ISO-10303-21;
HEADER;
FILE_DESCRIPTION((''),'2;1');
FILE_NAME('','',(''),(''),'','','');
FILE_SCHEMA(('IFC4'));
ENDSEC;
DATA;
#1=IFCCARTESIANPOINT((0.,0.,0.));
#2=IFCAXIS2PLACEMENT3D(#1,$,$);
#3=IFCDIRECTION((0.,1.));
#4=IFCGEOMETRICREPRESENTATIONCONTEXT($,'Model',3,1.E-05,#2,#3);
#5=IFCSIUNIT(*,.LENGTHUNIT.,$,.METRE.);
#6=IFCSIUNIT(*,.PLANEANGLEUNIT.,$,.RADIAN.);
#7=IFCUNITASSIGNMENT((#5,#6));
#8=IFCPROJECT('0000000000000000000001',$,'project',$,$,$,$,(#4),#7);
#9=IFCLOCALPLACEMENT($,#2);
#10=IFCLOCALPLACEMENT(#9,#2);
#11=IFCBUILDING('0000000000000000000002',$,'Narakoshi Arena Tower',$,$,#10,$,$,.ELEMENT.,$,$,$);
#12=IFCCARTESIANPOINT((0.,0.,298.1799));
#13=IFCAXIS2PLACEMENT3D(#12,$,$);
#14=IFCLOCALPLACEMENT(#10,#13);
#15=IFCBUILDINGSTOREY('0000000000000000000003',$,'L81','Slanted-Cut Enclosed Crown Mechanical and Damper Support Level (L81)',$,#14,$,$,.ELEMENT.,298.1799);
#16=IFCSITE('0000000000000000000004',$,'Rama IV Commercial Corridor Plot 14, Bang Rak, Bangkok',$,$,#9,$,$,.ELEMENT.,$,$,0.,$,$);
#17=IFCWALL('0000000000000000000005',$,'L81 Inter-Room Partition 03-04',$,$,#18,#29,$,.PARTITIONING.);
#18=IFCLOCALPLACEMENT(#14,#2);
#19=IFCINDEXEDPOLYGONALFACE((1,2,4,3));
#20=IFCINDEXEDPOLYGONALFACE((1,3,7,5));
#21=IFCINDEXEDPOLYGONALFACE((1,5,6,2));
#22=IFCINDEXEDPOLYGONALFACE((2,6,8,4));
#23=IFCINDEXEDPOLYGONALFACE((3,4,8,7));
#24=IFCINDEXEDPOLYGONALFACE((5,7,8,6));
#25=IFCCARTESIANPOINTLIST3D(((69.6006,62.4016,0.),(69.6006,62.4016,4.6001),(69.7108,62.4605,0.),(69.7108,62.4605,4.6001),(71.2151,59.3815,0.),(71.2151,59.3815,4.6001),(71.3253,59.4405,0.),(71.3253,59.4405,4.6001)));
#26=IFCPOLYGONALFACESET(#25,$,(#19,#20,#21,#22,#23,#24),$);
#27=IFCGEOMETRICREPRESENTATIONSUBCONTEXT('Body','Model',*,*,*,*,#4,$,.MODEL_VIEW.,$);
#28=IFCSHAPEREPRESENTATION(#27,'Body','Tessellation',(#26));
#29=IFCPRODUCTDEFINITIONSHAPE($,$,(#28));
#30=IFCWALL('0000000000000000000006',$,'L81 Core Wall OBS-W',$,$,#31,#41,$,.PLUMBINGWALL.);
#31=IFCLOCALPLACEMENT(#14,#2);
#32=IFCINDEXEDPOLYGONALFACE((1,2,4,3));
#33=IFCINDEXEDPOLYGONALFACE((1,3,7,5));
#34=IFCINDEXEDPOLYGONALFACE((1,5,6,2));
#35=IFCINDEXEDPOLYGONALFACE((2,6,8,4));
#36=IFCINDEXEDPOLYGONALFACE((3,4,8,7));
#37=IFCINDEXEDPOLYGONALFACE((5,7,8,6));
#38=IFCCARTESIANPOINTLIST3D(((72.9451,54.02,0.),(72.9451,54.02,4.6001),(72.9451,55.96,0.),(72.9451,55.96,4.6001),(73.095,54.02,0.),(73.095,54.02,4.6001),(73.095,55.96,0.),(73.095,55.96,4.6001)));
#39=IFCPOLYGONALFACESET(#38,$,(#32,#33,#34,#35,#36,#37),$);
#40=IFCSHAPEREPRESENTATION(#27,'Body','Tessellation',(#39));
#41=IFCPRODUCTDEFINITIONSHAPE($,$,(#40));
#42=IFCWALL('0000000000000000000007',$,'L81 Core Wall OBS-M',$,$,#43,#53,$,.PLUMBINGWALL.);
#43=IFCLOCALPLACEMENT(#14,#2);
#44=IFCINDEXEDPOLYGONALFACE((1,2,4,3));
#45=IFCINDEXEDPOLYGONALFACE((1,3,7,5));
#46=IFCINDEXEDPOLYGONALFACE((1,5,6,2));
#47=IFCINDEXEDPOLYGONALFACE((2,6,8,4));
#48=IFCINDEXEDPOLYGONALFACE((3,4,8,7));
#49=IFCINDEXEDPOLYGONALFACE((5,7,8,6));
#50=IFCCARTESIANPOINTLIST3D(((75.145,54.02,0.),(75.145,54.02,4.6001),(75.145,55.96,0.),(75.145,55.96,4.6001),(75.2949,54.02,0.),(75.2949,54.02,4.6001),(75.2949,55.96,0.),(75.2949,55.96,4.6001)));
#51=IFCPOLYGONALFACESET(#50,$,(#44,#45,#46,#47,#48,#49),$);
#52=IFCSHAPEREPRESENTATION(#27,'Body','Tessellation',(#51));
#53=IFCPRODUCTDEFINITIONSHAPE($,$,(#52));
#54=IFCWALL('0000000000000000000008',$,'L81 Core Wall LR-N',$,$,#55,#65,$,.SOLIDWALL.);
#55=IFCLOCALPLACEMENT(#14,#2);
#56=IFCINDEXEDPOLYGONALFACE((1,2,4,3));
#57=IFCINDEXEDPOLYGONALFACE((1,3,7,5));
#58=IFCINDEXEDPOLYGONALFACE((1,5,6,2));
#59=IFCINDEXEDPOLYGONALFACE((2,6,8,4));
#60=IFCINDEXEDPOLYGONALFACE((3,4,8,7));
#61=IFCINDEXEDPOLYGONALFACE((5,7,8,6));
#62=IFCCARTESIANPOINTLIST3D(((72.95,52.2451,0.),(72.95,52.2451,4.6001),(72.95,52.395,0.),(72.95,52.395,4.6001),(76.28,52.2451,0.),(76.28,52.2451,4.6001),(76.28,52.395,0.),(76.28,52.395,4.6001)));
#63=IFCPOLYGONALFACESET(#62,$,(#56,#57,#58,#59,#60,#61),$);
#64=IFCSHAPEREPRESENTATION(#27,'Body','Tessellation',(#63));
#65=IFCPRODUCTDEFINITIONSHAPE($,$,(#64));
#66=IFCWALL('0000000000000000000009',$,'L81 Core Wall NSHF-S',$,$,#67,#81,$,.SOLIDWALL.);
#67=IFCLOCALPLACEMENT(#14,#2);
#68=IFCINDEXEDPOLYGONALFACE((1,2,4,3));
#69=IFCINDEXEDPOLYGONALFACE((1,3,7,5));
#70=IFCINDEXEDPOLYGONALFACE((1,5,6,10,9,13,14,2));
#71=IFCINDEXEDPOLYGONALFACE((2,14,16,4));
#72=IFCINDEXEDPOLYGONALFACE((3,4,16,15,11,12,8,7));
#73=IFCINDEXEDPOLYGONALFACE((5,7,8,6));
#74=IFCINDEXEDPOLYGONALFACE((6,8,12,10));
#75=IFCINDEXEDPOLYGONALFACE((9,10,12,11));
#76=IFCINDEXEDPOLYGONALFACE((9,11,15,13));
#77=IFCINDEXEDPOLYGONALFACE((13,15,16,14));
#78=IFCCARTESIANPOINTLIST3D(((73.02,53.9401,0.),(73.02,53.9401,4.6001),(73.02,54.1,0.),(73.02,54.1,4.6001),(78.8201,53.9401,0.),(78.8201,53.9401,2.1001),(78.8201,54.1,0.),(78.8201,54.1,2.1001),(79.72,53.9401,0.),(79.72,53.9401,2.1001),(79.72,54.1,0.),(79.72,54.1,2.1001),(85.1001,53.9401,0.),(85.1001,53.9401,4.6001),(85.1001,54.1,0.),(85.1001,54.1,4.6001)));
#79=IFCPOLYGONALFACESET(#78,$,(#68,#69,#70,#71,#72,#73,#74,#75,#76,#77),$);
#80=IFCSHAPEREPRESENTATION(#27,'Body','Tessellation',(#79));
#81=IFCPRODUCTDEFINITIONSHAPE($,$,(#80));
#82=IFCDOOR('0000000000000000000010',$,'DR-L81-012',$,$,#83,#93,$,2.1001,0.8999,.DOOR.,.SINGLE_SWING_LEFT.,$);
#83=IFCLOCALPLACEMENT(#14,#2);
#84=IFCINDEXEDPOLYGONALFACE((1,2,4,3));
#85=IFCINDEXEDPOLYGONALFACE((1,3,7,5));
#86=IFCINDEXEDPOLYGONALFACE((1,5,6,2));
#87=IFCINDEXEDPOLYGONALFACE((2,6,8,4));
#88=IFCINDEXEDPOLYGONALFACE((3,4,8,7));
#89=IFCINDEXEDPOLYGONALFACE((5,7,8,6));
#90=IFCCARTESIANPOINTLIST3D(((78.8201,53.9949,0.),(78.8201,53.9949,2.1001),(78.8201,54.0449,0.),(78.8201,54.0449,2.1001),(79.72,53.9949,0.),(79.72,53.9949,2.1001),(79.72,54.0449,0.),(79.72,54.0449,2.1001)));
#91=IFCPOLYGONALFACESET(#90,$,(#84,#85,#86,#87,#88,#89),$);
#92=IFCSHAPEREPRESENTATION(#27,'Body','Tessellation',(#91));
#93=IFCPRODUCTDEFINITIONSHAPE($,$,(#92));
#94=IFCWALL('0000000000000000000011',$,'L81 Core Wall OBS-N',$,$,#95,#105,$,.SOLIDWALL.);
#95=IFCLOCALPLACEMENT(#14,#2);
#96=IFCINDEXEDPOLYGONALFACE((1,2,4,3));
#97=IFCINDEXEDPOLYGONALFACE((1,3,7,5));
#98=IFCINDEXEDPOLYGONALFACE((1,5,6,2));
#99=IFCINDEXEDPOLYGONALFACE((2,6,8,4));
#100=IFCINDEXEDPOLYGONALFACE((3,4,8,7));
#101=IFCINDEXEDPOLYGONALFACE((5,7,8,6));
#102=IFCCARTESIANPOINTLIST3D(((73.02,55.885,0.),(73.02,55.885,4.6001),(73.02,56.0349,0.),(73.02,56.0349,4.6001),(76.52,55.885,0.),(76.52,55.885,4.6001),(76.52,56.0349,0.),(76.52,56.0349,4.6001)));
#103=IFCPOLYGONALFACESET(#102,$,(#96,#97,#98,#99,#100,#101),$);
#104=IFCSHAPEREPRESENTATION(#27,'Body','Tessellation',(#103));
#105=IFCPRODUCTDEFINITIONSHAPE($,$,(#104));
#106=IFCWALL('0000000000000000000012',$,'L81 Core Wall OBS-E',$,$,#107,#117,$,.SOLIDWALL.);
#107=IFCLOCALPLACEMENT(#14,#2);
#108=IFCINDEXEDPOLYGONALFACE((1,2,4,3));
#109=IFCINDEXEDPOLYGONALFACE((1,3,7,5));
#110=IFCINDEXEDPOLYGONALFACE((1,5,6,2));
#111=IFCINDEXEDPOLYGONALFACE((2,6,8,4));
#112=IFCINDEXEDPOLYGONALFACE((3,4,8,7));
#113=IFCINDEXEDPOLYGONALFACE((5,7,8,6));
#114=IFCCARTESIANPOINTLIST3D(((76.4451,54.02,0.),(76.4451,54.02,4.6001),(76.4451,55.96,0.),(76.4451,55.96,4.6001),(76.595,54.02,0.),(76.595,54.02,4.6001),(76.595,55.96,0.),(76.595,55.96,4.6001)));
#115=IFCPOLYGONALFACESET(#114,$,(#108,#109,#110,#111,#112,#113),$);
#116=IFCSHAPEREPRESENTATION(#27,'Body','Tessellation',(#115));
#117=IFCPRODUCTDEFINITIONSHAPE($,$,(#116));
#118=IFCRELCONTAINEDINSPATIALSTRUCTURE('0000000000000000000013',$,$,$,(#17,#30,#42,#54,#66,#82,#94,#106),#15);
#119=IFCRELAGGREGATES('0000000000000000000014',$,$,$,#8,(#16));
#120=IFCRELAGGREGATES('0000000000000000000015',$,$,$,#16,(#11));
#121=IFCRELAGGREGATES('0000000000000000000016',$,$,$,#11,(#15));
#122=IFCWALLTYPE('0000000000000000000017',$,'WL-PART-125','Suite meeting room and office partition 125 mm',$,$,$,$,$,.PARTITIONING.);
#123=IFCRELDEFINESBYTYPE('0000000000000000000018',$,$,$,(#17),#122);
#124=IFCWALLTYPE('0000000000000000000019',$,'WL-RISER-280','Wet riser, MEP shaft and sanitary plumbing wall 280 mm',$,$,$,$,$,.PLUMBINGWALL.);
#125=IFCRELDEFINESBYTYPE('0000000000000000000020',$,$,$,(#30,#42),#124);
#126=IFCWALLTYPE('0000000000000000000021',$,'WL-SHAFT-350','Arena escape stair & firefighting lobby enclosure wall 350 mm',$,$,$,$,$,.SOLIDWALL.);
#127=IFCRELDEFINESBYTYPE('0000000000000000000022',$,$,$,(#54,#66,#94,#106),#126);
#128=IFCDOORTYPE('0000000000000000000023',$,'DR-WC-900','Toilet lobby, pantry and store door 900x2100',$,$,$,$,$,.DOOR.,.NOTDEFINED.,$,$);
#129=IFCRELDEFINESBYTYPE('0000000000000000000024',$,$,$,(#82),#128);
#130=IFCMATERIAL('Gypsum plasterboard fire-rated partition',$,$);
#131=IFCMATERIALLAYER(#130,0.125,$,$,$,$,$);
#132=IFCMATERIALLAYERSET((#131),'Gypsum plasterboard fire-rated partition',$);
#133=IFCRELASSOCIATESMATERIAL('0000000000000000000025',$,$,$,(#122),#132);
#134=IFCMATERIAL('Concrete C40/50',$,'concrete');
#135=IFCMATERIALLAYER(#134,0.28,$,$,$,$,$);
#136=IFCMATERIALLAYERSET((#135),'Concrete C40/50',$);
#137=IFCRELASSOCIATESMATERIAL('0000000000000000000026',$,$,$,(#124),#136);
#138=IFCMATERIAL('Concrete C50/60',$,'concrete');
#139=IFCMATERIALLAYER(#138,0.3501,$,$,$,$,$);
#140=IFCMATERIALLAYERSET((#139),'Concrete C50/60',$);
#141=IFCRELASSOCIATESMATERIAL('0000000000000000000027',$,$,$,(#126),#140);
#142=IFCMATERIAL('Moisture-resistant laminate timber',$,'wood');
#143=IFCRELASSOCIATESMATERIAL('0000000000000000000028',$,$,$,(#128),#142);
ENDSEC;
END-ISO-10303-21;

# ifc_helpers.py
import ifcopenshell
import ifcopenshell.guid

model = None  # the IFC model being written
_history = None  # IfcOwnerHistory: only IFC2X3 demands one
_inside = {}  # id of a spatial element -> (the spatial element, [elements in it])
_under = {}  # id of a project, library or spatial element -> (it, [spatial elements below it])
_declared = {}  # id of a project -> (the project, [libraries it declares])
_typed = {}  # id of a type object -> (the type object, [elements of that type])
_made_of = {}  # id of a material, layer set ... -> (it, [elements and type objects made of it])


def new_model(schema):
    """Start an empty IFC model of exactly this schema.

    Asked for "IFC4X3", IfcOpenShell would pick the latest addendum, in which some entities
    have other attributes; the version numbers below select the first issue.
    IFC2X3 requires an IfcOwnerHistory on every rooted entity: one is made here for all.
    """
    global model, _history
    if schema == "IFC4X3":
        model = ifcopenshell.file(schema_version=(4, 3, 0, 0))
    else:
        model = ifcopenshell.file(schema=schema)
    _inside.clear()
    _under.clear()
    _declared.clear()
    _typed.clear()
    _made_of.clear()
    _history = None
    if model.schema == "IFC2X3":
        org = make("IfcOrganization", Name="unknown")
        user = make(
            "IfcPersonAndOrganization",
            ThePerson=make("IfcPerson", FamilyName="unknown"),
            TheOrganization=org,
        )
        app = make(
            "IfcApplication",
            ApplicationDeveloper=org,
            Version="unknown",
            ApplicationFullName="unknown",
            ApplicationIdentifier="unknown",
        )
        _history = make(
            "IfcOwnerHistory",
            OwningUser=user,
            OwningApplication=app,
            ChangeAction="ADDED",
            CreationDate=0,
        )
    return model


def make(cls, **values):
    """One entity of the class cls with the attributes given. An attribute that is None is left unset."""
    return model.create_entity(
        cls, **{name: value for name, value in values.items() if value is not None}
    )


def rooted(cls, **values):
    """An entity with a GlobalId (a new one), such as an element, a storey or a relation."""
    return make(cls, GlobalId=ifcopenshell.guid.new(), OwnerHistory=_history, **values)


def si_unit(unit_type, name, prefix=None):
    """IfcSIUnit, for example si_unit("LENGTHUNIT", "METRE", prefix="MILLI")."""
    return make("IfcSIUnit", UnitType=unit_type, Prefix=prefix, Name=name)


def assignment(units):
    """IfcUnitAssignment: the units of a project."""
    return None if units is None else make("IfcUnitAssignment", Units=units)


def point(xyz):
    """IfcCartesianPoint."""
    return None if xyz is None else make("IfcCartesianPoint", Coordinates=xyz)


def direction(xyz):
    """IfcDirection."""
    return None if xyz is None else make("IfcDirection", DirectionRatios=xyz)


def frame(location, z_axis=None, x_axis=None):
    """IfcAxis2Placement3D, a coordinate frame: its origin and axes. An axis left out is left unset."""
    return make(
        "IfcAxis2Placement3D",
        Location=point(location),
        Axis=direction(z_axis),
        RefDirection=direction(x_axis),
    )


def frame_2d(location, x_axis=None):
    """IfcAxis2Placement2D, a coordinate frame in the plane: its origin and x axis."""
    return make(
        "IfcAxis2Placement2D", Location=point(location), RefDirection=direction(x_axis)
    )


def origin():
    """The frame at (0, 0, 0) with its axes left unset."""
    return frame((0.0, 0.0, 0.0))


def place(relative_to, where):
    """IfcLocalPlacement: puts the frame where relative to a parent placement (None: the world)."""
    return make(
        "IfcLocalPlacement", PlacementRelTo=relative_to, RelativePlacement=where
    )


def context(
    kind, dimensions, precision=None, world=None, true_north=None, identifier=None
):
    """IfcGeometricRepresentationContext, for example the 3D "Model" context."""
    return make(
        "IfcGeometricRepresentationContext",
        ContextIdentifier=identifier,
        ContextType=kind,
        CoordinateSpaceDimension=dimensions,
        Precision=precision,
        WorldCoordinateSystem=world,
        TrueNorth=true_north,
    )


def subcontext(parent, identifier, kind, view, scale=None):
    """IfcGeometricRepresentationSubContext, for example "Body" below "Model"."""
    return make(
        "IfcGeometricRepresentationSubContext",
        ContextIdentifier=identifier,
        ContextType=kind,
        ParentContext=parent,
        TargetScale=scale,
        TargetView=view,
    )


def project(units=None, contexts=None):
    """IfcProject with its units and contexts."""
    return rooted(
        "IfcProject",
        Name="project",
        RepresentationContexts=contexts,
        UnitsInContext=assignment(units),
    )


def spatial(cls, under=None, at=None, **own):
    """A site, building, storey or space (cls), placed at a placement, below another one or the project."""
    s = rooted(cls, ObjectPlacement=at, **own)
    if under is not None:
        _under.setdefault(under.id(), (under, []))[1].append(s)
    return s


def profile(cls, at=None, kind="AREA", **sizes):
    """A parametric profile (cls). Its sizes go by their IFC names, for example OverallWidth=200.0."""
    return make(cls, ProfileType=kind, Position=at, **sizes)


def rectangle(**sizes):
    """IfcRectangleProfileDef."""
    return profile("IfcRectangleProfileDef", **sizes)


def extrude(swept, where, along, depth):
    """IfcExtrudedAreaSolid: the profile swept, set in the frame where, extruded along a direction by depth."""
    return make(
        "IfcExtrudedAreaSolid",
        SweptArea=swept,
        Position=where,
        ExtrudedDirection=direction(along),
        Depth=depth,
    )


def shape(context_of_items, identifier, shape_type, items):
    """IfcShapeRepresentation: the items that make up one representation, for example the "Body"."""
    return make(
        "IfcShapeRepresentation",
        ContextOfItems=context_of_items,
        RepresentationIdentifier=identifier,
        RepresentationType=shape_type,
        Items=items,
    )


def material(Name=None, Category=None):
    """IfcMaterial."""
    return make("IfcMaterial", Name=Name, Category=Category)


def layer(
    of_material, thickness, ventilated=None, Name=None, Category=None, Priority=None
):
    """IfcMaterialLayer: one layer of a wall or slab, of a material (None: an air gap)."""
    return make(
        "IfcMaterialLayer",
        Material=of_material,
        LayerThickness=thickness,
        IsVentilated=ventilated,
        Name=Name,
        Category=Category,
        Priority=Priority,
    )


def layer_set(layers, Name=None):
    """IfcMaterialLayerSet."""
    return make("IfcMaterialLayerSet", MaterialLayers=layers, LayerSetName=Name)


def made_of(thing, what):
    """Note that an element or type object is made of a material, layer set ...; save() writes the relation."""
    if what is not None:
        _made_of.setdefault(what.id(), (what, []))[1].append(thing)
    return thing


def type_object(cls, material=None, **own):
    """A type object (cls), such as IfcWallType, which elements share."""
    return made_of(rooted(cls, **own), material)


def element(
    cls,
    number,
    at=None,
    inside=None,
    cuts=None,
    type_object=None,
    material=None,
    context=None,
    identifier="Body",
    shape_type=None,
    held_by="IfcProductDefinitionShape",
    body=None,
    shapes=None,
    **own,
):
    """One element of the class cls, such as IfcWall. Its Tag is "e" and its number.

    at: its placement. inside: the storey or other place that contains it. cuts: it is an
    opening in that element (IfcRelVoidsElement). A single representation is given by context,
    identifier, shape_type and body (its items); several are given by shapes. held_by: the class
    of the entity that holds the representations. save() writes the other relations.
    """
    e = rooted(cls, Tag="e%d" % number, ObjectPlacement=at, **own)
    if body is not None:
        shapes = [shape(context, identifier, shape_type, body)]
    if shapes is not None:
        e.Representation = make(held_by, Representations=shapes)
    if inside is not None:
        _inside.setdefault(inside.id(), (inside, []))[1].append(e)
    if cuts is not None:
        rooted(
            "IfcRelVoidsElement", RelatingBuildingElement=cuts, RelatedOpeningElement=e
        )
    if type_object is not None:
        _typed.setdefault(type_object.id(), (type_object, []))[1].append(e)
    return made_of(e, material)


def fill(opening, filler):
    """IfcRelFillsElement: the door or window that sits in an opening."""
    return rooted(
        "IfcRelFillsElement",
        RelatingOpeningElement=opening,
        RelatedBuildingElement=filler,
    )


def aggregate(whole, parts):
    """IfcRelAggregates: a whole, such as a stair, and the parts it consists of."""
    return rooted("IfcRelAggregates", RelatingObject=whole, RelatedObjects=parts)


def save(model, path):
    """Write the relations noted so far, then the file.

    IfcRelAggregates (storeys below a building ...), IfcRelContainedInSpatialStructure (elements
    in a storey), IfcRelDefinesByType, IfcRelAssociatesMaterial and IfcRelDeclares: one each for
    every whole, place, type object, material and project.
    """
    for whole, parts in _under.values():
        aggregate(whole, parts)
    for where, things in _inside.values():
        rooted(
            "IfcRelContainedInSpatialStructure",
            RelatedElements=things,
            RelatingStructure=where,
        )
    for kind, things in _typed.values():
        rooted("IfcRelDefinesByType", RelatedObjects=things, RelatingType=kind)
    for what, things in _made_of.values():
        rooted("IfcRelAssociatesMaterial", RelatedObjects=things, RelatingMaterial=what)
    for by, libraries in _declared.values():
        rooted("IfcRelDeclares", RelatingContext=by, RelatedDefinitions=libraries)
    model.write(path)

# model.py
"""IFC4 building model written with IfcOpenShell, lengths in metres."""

from ifc_helpers import new_model, si_unit, direction, frame, frame_2d, origin, place, context, subcontext, project, spatial, rectangle, extrude, material, layer, layer_set, type_object, element, fill, save


model = new_model("IFC4")

# Units and contexts
model_context = context("Model", 3, precision=1e-05, world=origin(), true_north=direction((0.0, 1.0)))
body_context = subcontext(model_context, "Body", "Model", "MODEL_VIEW")
ifc_project = project(units=[si_unit("LENGTHUNIT", "METRE"), si_unit("PLANEANGLEUNIT", "RADIAN")], contexts=[model_context])

# Site, building, storey
site_placement = place(None, origin())
site = spatial("IfcSite", under=ifc_project, at=site_placement, Name="Rama IV Commercial Corridor Plot 14, Bang Rak, Bangkok", CompositionType="ELEMENT", RefElevation=0.0)
building_placement = place(site_placement, origin())
building = spatial("IfcBuilding", under=site, at=building_placement, Name="Narakoshi Arena Tower", CompositionType="ELEMENT")
storey_placement = place(building_placement, frame((0.0, 0.0, 298.1799)))
storey = spatial("IfcBuildingStorey", under=building, at=storey_placement, Name="L81", Description="Slanted-Cut Enclosed Crown Mechanical and Damper Support Level (L81)", CompositionType="ELEMENT", Elevation=298.1799)

# Walls
ifc_material_1 = material(Name="Concrete C50/60", Category="concrete")
ifc_material_2 = material(Name="Gypsum plasterboard fire-rated partition")
ifc_layer_1 = layer(ifc_material_2, 0.125)
ifc_layer_set_1 = layer_set([ifc_layer_1], Name="Gypsum plasterboard fire-rated partition")
wall_type_1 = type_object("IfcWallType", Name="WL-PART-125", Description="Suite meeting room and office partition 125 mm", PredefinedType="PARTITIONING", material=ifc_layer_set_1)
wall_1_placement = place(storey_placement, frame((71.2703, 59.4109, 0.0), z_axis=(0.0, 0.0, 1.0), x_axis=(-0.471458, 0.881889, 0.0)))
element("IfcWall", 1, at=wall_1_placement, inside=storey, type_object=wall_type_1, Name="L81 Inter-Room Partition 03-04", PredefinedType="PARTITIONING", context=body_context, shape_type="SweptSolid", body=[
    extrude(rectangle(XDim=3.4246, YDim=0.125, at=frame_2d((1.7124, 0.0))), origin(), (0.0, 0.0, 1.0), 4.6001),
])
ifc_material_3 = material(Name="Concrete C40/50", Category="concrete")
ifc_layer_2 = layer(ifc_material_3, 0.28)
ifc_layer_set_2 = layer_set([ifc_layer_2], Name="Concrete C40/50")
wall_type_2 = type_object("IfcWallType", Name="WL-RISER-280", Description="Wet riser, MEP shaft and sanitary plumbing wall 280 mm", PredefinedType="PLUMBINGWALL", material=ifc_layer_set_2)
for number, where, z_axis, x_axis, name in (
    (2, (73.02, 54.02, 0.0), (0.0, 0.0, 1.0), (0.0, 1.0, 0.0), "L81 Core Wall OBS-W"),
    (3, (75.22, 54.02, 0.0), (0.0, 0.0, 1.0), (0.0, 1.0, 0.0), "L81 Core Wall OBS-M"),
):
    element("IfcWall", number, at=place(storey_placement, frame(where, z_axis=z_axis, x_axis=x_axis)), inside=storey, type_object=wall_type_2, Name=name, PredefinedType="PLUMBINGWALL", context=body_context, shape_type="SweptSolid", body=[
        extrude(rectangle(XDim=1.9399, YDim=0.1499, at=frame_2d((0.97, 0.0))), origin(), (0.0, 0.0, 1.0), 4.6001),
    ])
ifc_layer_3 = layer(ifc_material_1, 0.3501)
ifc_layer_set_3 = layer_set([ifc_layer_3], Name="Concrete C50/60")
wall_type_3 = type_object("IfcWallType", Name="WL-SHAFT-350", Description="Arena escape stair & firefighting lobby enclosure wall 350 mm", PredefinedType="SOLIDWALL", material=ifc_layer_set_3)
wall_2_placement = place(storey_placement, frame((72.95, 52.3201, 0.0), z_axis=(0.0, 0.0, 1.0), x_axis=(1.0, 0.0, 0.0)))
element("IfcWall", 4, at=wall_2_placement, inside=storey, type_object=wall_type_3, Name="L81 Core Wall LR-N", PredefinedType="SOLIDWALL", context=body_context, shape_type="SweptSolid", body=[
    extrude(rectangle(XDim=3.3301, YDim=0.1499, at=frame_2d((1.665, 0.0))), origin(), (0.0, 0.0, 1.0), 4.6001),
])

# Wall, opening, door
wall_3_placement = place(storey_placement, frame((73.02, 54.02, 0.0), z_axis=(0.0, 0.0, 1.0), x_axis=(1.0, 0.0, 0.0)))
wall_3 = element("IfcWall", 5, at=wall_3_placement, inside=storey, type_object=wall_type_3, Name="L81 Core Wall NSHF-S", PredefinedType="SOLIDWALL", context=body_context, shape_type="SweptSolid", body=[
    extrude(rectangle(XDim=12.0801, YDim=0.1599, at=frame_2d((6.04, 0.0))), origin(), (0.0, 0.0, 1.0), 4.6001),
])
opening_placement = place(wall_3_placement, frame((5.8, 0.0, 0.0)))
opening = element("IfcOpeningElement", 6, at=opening_placement, cuts=wall_3, PredefinedType="OPENING", context=body_context, shape_type="SweptSolid", body=[
    extrude(rectangle(XDim=0.8999, YDim=2.1001, at=frame_2d((0.45, 1.05))), frame((0.0, 0.0898, 0.0), z_axis=(0.0, -1.0, 0.0), x_axis=(1.0, 0.0, 0.0)), (0.0, 0.0, 1.0), 0.1799),
])
ifc_material_4 = material(Name="Moisture-resistant laminate timber", Category="wood")
door_type = type_object("IfcDoorType", Name="DR-WC-900", Description="Toilet lobby, pantry and store door 900x2100", OperationType="NOTDEFINED", PredefinedType="DOOR", material=ifc_material_4)
door_placement = place(opening_placement, origin())
door = element("IfcDoor", 7, at=door_placement, inside=storey, type_object=door_type, Name="DR-L81-012", OperationType="SINGLE_SWING_LEFT", OverallHeight=2.1001, OverallWidth=0.8999, PredefinedType="DOOR", context=body_context, shape_type="SweptSolid", body=[
    extrude(rectangle(XDim=0.8999, YDim=2.1001, at=frame_2d((0.45, 1.05))), frame((0.0, 0.0249, 0.0), z_axis=(0.0, -1.0, 0.0), x_axis=(1.0, 0.0, 0.0)), (0.0, 0.0, 1.0), 0.05),
])
fill(opening, door)

# Walls
wall_4_placement = place(storey_placement, frame((73.02, 55.96, 0.0), z_axis=(0.0, 0.0, 1.0), x_axis=(1.0, 0.0, 0.0)))
element("IfcWall", 8, at=wall_4_placement, inside=storey, type_object=wall_type_3, Name="L81 Core Wall OBS-N", PredefinedType="SOLIDWALL", context=body_context, shape_type="SweptSolid", body=[
    extrude(rectangle(XDim=3.5, YDim=0.1499, at=frame_2d((1.75, 0.0))), origin(), (0.0, 0.0, 1.0), 4.6001),
])
wall_5_placement = place(storey_placement, frame((76.52, 54.02, 0.0), z_axis=(0.0, 0.0, 1.0), x_axis=(0.0, 1.0, 0.0)))
element("IfcWall", 9, at=wall_5_placement, inside=storey, type_object=wall_type_3, Name="L81 Core Wall OBS-E", PredefinedType="SOLIDWALL", context=body_context, shape_type="SweptSolid", body=[
    extrude(rectangle(XDim=1.9399, YDim=0.1499, at=frame_2d((0.97, 0.0))), origin(), (0.0, 0.0, 1.0), 4.6001),
])

save(model, "model.ifc")
